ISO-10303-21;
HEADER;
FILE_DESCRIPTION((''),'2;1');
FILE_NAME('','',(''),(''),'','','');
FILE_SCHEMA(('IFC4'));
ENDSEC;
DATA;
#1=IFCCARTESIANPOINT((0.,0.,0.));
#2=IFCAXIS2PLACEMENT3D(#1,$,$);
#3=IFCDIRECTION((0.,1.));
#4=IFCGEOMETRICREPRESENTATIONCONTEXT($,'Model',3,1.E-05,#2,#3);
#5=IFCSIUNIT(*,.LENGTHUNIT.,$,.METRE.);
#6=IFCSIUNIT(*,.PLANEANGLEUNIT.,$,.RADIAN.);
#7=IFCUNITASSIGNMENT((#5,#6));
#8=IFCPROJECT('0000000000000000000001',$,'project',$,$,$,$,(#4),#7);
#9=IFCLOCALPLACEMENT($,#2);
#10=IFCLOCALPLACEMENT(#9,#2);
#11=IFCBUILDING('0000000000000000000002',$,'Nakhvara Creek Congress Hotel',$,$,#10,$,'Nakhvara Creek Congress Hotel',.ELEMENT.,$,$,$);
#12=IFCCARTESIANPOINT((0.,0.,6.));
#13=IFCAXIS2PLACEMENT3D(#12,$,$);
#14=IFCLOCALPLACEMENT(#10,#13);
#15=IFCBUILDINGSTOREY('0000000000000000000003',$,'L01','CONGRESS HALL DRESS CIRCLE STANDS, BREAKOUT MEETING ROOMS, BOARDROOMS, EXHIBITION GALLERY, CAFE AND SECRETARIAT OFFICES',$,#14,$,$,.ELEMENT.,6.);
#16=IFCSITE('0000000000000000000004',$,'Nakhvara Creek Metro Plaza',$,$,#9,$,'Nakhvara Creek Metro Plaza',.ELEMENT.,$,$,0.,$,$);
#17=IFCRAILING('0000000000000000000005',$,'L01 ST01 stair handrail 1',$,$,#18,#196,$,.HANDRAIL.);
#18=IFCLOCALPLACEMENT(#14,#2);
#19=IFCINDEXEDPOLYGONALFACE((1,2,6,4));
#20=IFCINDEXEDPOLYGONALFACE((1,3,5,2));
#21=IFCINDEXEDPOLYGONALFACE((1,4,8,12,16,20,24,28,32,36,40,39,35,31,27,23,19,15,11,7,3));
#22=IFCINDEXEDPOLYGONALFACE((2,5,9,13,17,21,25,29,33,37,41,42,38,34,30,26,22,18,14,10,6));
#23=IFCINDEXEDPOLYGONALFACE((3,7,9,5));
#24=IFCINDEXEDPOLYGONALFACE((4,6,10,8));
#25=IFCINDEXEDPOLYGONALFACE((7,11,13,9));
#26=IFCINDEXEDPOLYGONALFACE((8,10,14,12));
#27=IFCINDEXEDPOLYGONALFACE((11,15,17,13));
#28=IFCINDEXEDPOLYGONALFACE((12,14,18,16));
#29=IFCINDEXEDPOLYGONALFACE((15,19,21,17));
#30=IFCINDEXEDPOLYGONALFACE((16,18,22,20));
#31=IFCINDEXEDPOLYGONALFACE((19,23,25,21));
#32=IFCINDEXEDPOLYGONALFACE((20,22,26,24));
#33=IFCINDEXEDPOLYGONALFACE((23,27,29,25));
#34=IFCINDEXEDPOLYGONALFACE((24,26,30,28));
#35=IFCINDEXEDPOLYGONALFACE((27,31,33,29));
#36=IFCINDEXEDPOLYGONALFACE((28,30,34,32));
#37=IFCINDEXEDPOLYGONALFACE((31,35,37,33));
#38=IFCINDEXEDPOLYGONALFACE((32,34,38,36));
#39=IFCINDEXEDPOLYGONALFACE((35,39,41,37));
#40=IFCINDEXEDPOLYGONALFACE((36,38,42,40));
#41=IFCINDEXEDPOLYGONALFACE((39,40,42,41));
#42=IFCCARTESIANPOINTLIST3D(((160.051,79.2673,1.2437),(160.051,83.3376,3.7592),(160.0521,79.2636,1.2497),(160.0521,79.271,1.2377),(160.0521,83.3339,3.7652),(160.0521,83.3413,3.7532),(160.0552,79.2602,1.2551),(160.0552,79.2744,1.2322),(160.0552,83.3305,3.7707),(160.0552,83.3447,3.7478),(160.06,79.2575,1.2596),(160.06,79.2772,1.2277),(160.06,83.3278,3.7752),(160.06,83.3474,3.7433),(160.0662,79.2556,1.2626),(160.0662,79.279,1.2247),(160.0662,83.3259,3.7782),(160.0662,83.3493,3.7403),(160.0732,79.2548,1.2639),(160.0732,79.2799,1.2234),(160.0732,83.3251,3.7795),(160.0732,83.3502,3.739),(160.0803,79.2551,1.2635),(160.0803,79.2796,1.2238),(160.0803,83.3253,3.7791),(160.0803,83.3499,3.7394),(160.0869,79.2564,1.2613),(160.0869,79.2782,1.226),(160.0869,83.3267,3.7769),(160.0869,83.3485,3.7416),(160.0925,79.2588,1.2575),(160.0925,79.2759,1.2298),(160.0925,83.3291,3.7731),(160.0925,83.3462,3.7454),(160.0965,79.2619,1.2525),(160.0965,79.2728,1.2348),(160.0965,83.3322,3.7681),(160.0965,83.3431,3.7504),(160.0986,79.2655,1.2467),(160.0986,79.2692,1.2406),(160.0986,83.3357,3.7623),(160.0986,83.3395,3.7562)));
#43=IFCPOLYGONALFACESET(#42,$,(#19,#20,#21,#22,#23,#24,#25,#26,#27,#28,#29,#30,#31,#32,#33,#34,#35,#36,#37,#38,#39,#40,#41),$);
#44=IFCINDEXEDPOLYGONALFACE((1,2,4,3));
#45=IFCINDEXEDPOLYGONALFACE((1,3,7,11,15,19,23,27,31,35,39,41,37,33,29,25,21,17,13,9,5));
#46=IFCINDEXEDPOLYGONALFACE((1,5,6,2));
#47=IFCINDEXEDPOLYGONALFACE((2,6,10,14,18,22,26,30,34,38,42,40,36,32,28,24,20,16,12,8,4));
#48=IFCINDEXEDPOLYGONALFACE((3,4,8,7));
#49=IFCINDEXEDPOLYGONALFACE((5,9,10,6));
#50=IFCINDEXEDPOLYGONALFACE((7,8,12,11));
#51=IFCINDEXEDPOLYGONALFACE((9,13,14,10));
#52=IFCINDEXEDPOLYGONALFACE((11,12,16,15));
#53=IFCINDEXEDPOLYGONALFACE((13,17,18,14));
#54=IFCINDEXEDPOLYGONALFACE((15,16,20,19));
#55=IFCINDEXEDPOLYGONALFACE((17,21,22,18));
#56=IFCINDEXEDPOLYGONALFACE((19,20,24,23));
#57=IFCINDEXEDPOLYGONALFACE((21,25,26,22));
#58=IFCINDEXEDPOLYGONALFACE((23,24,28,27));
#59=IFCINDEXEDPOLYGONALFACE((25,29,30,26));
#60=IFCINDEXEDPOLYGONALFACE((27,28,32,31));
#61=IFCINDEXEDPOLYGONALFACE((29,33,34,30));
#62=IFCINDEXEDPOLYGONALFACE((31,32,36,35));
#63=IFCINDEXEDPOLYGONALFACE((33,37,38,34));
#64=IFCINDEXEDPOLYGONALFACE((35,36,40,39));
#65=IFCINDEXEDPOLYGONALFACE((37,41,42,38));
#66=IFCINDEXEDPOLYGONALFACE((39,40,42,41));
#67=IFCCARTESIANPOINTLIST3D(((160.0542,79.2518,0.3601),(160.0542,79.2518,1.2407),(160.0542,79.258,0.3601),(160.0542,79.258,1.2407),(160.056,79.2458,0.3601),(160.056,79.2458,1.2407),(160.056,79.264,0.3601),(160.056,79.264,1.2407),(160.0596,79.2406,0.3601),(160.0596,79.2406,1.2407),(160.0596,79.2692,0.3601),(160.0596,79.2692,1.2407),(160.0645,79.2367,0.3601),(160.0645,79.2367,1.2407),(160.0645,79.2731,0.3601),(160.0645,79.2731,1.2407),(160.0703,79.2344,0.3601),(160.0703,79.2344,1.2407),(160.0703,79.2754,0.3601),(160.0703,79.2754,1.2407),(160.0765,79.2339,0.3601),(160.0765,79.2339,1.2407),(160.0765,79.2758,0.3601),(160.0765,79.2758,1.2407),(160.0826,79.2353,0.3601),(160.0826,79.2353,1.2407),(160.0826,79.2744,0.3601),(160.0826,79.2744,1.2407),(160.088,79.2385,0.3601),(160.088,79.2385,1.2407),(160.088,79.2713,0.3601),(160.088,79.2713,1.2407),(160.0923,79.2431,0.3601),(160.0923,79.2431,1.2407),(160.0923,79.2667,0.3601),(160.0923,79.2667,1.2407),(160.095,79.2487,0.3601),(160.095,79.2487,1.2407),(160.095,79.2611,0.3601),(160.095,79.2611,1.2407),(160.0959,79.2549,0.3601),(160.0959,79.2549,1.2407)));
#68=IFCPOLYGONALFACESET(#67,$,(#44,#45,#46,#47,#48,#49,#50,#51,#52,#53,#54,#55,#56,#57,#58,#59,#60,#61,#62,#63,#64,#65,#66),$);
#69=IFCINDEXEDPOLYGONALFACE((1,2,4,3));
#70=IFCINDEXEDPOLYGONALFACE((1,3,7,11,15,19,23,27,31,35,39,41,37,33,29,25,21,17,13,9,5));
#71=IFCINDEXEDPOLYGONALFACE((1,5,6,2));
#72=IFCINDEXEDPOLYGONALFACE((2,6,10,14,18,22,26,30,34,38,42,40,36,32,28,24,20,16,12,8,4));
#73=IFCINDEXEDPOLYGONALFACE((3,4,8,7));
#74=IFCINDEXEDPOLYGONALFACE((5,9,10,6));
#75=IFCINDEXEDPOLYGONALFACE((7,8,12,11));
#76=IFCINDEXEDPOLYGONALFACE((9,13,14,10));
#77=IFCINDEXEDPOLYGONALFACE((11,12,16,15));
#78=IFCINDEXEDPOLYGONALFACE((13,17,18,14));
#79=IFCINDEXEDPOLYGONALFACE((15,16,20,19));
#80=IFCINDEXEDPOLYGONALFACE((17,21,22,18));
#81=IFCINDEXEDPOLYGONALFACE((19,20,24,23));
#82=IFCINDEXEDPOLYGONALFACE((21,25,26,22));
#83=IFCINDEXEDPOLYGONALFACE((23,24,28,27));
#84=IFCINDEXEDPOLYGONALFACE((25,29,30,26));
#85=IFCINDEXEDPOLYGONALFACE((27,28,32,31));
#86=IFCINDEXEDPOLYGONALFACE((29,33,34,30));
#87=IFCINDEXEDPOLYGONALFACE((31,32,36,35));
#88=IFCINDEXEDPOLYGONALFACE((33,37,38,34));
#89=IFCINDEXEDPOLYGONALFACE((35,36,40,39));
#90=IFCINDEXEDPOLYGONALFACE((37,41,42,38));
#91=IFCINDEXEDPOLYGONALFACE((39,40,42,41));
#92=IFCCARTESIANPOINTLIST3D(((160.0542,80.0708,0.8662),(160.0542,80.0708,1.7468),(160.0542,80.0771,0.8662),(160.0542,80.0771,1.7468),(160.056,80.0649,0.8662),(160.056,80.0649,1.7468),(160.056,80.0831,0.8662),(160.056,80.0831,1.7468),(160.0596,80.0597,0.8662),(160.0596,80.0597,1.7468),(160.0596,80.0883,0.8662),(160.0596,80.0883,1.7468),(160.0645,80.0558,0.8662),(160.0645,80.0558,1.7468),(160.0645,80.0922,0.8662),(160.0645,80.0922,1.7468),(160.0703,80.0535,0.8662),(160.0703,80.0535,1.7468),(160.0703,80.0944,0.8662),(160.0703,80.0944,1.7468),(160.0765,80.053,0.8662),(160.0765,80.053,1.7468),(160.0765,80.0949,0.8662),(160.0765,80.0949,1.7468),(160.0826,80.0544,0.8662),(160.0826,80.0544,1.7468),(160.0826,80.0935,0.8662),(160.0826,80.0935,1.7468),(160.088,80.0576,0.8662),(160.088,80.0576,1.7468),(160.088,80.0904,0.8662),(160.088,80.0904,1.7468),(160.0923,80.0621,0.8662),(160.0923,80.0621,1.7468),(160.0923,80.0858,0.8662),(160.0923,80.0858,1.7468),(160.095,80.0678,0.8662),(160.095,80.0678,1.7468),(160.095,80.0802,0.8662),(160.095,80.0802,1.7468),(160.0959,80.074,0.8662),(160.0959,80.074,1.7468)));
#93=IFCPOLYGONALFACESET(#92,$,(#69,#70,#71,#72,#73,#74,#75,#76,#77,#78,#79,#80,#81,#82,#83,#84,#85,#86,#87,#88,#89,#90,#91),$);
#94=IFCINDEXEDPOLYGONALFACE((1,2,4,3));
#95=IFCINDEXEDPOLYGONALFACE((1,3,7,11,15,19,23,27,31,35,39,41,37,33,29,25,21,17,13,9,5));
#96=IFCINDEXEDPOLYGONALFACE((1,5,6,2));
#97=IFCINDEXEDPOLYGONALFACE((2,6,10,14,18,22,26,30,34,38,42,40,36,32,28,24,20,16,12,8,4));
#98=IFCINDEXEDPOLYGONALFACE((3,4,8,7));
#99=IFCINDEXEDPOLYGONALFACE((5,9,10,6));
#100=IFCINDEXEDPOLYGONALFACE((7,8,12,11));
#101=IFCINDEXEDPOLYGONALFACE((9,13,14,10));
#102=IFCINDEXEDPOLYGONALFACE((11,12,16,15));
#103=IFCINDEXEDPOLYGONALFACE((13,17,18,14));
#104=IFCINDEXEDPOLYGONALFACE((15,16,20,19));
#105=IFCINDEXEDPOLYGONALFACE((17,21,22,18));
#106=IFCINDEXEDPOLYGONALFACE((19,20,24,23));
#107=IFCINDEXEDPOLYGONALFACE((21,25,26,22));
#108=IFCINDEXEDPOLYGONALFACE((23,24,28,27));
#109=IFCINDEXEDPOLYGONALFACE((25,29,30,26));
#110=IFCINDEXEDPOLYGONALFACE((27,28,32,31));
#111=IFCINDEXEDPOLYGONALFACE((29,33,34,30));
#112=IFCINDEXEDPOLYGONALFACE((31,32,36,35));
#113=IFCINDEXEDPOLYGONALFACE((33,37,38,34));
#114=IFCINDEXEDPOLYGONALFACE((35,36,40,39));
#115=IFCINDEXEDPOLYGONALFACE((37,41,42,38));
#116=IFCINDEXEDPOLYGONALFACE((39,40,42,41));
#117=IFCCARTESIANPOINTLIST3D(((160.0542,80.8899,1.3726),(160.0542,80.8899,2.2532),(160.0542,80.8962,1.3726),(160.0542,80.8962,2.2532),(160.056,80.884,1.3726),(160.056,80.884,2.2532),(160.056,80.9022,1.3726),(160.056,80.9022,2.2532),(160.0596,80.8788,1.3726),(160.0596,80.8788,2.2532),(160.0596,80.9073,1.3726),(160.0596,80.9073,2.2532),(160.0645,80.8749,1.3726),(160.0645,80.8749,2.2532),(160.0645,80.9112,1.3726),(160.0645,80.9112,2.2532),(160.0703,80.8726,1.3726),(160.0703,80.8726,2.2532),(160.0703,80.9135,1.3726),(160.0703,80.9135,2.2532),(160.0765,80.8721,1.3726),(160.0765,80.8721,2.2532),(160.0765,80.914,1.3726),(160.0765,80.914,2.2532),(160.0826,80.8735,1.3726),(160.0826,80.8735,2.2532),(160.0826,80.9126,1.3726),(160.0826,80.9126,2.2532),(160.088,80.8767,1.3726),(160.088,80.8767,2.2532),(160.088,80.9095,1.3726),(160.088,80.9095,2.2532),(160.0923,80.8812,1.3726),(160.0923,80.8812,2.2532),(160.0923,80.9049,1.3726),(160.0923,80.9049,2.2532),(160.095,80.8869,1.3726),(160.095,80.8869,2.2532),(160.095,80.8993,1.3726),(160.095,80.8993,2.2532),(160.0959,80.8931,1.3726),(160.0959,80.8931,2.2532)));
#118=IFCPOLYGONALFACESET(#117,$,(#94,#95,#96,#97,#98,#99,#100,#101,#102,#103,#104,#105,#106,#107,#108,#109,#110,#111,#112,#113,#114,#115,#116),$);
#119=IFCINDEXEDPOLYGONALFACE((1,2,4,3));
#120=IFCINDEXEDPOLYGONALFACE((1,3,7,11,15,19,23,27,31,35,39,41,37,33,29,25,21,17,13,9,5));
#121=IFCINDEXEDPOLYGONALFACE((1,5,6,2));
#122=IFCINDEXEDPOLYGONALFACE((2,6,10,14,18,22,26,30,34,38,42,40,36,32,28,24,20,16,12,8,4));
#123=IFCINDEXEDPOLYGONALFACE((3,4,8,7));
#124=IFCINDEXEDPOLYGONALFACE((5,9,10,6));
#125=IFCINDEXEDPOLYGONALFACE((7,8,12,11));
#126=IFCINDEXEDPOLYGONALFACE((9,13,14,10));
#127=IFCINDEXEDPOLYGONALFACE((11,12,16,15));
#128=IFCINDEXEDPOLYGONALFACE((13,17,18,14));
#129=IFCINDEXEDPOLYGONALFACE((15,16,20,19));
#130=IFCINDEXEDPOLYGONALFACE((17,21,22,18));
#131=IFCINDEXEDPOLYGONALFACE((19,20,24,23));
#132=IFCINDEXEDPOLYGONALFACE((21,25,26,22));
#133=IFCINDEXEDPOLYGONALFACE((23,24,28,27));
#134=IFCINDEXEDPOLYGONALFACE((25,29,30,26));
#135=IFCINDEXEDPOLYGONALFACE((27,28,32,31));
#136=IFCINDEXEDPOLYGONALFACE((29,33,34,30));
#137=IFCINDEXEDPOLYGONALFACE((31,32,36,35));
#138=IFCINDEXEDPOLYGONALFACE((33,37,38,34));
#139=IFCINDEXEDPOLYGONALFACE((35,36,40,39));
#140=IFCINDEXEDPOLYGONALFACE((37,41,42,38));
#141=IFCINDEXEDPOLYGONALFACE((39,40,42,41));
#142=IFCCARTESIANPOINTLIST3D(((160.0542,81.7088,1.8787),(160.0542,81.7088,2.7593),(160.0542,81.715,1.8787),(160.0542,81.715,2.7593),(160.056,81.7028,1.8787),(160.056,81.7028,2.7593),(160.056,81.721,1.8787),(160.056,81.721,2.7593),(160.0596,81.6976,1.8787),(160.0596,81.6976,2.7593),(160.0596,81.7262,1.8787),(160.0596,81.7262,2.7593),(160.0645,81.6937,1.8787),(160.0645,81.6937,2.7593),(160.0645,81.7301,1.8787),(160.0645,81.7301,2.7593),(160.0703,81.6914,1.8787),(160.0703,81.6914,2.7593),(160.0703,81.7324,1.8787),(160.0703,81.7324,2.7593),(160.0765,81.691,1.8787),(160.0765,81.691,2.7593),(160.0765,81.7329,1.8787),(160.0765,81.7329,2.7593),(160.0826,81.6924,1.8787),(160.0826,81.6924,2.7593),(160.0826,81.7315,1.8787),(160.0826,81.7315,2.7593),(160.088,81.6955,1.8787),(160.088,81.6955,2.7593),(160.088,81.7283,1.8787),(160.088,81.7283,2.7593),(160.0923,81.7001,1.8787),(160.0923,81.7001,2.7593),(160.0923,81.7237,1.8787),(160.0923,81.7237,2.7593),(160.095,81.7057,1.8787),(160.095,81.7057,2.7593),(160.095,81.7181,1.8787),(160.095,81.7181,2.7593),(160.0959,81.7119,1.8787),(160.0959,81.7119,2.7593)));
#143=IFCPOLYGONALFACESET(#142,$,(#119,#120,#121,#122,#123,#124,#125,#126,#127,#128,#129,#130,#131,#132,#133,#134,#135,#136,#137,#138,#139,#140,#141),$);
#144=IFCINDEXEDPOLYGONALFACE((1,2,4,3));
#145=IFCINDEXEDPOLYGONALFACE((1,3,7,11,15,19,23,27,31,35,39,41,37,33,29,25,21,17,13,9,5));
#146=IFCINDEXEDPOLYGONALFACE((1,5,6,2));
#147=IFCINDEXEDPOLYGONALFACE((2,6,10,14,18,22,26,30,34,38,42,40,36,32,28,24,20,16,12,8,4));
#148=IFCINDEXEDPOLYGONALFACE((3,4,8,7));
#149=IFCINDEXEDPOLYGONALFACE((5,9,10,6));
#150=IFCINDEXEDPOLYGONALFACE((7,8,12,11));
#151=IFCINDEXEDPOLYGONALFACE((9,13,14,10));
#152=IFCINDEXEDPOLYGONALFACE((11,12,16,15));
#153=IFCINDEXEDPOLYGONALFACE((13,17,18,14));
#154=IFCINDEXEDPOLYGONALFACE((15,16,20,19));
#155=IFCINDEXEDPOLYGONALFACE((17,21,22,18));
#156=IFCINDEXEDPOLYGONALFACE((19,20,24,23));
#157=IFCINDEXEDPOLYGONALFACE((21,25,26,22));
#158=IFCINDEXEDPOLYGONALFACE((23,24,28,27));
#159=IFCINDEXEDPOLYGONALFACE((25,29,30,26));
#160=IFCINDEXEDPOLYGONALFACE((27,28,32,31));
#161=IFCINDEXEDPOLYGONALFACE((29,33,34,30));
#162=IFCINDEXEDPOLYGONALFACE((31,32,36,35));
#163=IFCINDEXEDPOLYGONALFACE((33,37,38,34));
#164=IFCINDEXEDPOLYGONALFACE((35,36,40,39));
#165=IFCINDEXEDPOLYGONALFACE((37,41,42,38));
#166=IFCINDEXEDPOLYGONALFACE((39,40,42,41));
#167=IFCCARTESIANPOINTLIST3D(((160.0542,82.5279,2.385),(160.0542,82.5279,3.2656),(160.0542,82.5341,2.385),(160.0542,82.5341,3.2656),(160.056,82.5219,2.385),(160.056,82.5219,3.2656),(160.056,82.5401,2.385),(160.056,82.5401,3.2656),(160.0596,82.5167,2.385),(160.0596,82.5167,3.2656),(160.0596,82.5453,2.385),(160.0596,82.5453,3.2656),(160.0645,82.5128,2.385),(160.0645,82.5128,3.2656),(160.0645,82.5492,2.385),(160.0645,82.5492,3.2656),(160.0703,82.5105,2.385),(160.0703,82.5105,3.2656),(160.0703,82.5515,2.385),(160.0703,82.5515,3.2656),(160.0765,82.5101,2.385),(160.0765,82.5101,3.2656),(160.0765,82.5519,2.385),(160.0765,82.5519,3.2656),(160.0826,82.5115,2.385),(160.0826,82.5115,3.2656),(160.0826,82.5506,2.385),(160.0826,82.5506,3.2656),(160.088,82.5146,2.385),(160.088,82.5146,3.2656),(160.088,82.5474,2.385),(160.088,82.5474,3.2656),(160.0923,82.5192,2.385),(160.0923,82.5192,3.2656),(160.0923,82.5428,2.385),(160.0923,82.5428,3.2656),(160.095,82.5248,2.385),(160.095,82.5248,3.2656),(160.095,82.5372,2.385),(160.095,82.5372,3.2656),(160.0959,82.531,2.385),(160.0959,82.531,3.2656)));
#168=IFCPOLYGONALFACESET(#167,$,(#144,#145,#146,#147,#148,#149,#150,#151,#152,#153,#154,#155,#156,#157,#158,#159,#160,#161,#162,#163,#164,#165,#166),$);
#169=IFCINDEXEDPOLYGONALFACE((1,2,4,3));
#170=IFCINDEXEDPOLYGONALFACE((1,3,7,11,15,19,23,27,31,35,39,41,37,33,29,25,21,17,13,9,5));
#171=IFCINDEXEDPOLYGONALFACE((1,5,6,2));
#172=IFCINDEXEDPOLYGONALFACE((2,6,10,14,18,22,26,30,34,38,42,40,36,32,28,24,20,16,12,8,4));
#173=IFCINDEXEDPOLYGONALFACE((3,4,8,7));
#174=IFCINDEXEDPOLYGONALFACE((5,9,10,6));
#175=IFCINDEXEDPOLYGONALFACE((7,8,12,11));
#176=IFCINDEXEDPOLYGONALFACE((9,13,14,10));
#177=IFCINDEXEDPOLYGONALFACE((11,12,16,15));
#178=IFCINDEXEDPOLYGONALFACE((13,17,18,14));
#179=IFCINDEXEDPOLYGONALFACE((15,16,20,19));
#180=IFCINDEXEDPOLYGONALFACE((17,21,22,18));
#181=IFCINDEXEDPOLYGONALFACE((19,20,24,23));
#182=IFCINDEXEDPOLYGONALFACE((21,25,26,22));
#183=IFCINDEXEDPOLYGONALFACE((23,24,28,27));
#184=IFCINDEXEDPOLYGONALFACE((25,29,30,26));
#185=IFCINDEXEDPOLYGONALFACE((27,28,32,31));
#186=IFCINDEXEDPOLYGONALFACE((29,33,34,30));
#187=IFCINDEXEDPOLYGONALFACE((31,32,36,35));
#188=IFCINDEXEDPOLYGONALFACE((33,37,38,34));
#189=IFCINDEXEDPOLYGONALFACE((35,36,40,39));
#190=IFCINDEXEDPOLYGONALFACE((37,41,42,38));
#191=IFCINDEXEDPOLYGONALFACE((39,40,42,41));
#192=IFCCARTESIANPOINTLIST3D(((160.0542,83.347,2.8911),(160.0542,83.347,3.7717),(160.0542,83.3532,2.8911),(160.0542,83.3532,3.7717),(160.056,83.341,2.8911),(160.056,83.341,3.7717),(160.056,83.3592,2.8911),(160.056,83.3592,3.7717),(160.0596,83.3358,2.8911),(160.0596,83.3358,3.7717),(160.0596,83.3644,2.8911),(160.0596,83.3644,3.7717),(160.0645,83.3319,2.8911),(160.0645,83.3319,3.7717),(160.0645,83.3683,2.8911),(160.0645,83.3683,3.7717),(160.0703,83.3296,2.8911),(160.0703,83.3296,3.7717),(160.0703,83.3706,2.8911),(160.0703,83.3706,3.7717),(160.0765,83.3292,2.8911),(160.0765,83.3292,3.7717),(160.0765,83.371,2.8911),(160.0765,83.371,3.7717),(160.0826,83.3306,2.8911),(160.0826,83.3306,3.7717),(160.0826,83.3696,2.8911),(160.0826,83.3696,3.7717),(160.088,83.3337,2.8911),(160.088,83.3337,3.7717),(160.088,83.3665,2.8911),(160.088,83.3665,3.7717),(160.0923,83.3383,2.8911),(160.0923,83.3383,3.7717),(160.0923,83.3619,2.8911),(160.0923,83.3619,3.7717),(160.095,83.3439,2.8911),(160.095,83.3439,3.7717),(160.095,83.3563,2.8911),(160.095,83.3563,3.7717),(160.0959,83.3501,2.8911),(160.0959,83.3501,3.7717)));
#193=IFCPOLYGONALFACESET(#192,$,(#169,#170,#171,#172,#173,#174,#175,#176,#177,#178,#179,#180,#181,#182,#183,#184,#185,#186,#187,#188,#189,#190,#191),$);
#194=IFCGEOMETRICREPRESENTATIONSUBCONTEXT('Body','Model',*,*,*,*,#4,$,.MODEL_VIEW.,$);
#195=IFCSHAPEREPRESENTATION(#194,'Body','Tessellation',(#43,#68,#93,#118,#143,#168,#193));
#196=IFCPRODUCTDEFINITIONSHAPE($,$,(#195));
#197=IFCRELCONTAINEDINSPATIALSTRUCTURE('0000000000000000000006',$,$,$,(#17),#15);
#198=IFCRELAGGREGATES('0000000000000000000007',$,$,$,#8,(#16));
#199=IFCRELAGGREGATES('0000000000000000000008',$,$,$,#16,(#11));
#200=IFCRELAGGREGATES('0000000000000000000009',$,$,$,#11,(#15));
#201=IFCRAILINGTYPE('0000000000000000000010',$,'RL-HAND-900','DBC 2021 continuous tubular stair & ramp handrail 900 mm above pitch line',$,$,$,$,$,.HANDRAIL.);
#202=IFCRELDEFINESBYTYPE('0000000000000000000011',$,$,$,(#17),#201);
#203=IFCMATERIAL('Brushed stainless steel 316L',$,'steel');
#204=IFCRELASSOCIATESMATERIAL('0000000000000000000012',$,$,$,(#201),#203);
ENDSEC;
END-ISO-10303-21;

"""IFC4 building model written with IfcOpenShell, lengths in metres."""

from ifc_helpers import new_model, si_unit, direction, frame, origin, origin_2d, place, context, subcontext, project, spatial, circle, extrude, material, type_object, element, save


model = new_model("IFC4")

# Units and contexts
model_context = context("Model", 3, precision=1e-05, world=origin(), true_north=direction((0.0, 1.0)))
body_context = subcontext(model_context, "Body", "Model", "MODEL_VIEW")
ifc_project = project(units=[si_unit("LENGTHUNIT", "METRE"), si_unit("PLANEANGLEUNIT", "RADIAN")], contexts=[model_context])

# Site, building, storey
site_placement = place(None, origin())
site = spatial("IfcSite", under=ifc_project, at=site_placement, Name="Nakhvara Creek Metro Plaza", LongName="Nakhvara Creek Metro Plaza", CompositionType="ELEMENT", RefElevation=0.0)
building_placement = place(site_placement, origin())
building = spatial("IfcBuilding", under=site, at=building_placement, Name="Nakhvara Creek Congress Hotel", LongName="Nakhvara Creek Congress Hotel", CompositionType="ELEMENT")
storey_placement = place(building_placement, frame((0.0, 0.0, 6.0)))
storey = spatial("IfcBuildingStorey", under=building, at=storey_placement, Name="L01", Description="CONGRESS HALL DRESS CIRCLE STANDS, BREAKOUT MEETING ROOMS, BOARDROOMS, EXHIBITION GALLERY, CAFE AND SECRETARIAT OFFICES", CompositionType="ELEMENT", Elevation=6.0)

# Railing
ifc_material_1 = material(Name="Brushed stainless steel 316L", Category="steel")
railing_type_1 = type_object("IfcRailingType", Name="RL-HAND-900", Description="DBC 2021 continuous tubular stair & ramp handrail 900 mm above pitch line", PredefinedType="HANDRAIL", material=ifc_material_1)
railing_1_placement = place(storey_placement, frame((160.075, 79.2549, 0.3601)))
element("IfcRailing", 1, at=railing_1_placement, inside=storey, type_object=railing_type_1, Name="L01 ST01 stair handrail 1", PredefinedType="HANDRAIL", context=body_context, shape_type="SweptSolid", body=[
    extrude(circle(Radius=0.0239, at=origin_2d()), frame((0.0, 0.0125, 0.8835), z_axis=(0.0, 0.850649, 0.525735), x_axis=(-1.0, 0.0, 0.0)), (0.0, 0.0, 1.0), 4.7849),
    extrude(circle(Radius=0.021, at=origin_2d()), origin(), (0.0, 0.0, 1.0), 0.8806),
    extrude(circle(Radius=0.021, at=origin_2d()), frame((0.0, 0.8191, 0.5061)), (0.0, 0.0, 1.0), 0.8806),
    extrude(circle(Radius=0.021, at=origin_2d()), frame((0.0, 1.6382, 1.0125)), (0.0, 0.0, 1.0), 0.8806),
    extrude(circle(Radius=0.021, at=origin_2d()), frame((0.0, 2.457, 1.5186)), (0.0, 0.0, 1.0), 0.8806),
    extrude(circle(Radius=0.021, at=origin_2d()), frame((0.0, 3.2761, 2.0249)), (0.0, 0.0, 1.0), 0.8806),
    extrude(circle(Radius=0.021, at=origin_2d()), frame((0.0, 4.0952, 2.531)), (0.0, 0.0, 1.0), 0.8806),
])

save(model, "model.ifc")
